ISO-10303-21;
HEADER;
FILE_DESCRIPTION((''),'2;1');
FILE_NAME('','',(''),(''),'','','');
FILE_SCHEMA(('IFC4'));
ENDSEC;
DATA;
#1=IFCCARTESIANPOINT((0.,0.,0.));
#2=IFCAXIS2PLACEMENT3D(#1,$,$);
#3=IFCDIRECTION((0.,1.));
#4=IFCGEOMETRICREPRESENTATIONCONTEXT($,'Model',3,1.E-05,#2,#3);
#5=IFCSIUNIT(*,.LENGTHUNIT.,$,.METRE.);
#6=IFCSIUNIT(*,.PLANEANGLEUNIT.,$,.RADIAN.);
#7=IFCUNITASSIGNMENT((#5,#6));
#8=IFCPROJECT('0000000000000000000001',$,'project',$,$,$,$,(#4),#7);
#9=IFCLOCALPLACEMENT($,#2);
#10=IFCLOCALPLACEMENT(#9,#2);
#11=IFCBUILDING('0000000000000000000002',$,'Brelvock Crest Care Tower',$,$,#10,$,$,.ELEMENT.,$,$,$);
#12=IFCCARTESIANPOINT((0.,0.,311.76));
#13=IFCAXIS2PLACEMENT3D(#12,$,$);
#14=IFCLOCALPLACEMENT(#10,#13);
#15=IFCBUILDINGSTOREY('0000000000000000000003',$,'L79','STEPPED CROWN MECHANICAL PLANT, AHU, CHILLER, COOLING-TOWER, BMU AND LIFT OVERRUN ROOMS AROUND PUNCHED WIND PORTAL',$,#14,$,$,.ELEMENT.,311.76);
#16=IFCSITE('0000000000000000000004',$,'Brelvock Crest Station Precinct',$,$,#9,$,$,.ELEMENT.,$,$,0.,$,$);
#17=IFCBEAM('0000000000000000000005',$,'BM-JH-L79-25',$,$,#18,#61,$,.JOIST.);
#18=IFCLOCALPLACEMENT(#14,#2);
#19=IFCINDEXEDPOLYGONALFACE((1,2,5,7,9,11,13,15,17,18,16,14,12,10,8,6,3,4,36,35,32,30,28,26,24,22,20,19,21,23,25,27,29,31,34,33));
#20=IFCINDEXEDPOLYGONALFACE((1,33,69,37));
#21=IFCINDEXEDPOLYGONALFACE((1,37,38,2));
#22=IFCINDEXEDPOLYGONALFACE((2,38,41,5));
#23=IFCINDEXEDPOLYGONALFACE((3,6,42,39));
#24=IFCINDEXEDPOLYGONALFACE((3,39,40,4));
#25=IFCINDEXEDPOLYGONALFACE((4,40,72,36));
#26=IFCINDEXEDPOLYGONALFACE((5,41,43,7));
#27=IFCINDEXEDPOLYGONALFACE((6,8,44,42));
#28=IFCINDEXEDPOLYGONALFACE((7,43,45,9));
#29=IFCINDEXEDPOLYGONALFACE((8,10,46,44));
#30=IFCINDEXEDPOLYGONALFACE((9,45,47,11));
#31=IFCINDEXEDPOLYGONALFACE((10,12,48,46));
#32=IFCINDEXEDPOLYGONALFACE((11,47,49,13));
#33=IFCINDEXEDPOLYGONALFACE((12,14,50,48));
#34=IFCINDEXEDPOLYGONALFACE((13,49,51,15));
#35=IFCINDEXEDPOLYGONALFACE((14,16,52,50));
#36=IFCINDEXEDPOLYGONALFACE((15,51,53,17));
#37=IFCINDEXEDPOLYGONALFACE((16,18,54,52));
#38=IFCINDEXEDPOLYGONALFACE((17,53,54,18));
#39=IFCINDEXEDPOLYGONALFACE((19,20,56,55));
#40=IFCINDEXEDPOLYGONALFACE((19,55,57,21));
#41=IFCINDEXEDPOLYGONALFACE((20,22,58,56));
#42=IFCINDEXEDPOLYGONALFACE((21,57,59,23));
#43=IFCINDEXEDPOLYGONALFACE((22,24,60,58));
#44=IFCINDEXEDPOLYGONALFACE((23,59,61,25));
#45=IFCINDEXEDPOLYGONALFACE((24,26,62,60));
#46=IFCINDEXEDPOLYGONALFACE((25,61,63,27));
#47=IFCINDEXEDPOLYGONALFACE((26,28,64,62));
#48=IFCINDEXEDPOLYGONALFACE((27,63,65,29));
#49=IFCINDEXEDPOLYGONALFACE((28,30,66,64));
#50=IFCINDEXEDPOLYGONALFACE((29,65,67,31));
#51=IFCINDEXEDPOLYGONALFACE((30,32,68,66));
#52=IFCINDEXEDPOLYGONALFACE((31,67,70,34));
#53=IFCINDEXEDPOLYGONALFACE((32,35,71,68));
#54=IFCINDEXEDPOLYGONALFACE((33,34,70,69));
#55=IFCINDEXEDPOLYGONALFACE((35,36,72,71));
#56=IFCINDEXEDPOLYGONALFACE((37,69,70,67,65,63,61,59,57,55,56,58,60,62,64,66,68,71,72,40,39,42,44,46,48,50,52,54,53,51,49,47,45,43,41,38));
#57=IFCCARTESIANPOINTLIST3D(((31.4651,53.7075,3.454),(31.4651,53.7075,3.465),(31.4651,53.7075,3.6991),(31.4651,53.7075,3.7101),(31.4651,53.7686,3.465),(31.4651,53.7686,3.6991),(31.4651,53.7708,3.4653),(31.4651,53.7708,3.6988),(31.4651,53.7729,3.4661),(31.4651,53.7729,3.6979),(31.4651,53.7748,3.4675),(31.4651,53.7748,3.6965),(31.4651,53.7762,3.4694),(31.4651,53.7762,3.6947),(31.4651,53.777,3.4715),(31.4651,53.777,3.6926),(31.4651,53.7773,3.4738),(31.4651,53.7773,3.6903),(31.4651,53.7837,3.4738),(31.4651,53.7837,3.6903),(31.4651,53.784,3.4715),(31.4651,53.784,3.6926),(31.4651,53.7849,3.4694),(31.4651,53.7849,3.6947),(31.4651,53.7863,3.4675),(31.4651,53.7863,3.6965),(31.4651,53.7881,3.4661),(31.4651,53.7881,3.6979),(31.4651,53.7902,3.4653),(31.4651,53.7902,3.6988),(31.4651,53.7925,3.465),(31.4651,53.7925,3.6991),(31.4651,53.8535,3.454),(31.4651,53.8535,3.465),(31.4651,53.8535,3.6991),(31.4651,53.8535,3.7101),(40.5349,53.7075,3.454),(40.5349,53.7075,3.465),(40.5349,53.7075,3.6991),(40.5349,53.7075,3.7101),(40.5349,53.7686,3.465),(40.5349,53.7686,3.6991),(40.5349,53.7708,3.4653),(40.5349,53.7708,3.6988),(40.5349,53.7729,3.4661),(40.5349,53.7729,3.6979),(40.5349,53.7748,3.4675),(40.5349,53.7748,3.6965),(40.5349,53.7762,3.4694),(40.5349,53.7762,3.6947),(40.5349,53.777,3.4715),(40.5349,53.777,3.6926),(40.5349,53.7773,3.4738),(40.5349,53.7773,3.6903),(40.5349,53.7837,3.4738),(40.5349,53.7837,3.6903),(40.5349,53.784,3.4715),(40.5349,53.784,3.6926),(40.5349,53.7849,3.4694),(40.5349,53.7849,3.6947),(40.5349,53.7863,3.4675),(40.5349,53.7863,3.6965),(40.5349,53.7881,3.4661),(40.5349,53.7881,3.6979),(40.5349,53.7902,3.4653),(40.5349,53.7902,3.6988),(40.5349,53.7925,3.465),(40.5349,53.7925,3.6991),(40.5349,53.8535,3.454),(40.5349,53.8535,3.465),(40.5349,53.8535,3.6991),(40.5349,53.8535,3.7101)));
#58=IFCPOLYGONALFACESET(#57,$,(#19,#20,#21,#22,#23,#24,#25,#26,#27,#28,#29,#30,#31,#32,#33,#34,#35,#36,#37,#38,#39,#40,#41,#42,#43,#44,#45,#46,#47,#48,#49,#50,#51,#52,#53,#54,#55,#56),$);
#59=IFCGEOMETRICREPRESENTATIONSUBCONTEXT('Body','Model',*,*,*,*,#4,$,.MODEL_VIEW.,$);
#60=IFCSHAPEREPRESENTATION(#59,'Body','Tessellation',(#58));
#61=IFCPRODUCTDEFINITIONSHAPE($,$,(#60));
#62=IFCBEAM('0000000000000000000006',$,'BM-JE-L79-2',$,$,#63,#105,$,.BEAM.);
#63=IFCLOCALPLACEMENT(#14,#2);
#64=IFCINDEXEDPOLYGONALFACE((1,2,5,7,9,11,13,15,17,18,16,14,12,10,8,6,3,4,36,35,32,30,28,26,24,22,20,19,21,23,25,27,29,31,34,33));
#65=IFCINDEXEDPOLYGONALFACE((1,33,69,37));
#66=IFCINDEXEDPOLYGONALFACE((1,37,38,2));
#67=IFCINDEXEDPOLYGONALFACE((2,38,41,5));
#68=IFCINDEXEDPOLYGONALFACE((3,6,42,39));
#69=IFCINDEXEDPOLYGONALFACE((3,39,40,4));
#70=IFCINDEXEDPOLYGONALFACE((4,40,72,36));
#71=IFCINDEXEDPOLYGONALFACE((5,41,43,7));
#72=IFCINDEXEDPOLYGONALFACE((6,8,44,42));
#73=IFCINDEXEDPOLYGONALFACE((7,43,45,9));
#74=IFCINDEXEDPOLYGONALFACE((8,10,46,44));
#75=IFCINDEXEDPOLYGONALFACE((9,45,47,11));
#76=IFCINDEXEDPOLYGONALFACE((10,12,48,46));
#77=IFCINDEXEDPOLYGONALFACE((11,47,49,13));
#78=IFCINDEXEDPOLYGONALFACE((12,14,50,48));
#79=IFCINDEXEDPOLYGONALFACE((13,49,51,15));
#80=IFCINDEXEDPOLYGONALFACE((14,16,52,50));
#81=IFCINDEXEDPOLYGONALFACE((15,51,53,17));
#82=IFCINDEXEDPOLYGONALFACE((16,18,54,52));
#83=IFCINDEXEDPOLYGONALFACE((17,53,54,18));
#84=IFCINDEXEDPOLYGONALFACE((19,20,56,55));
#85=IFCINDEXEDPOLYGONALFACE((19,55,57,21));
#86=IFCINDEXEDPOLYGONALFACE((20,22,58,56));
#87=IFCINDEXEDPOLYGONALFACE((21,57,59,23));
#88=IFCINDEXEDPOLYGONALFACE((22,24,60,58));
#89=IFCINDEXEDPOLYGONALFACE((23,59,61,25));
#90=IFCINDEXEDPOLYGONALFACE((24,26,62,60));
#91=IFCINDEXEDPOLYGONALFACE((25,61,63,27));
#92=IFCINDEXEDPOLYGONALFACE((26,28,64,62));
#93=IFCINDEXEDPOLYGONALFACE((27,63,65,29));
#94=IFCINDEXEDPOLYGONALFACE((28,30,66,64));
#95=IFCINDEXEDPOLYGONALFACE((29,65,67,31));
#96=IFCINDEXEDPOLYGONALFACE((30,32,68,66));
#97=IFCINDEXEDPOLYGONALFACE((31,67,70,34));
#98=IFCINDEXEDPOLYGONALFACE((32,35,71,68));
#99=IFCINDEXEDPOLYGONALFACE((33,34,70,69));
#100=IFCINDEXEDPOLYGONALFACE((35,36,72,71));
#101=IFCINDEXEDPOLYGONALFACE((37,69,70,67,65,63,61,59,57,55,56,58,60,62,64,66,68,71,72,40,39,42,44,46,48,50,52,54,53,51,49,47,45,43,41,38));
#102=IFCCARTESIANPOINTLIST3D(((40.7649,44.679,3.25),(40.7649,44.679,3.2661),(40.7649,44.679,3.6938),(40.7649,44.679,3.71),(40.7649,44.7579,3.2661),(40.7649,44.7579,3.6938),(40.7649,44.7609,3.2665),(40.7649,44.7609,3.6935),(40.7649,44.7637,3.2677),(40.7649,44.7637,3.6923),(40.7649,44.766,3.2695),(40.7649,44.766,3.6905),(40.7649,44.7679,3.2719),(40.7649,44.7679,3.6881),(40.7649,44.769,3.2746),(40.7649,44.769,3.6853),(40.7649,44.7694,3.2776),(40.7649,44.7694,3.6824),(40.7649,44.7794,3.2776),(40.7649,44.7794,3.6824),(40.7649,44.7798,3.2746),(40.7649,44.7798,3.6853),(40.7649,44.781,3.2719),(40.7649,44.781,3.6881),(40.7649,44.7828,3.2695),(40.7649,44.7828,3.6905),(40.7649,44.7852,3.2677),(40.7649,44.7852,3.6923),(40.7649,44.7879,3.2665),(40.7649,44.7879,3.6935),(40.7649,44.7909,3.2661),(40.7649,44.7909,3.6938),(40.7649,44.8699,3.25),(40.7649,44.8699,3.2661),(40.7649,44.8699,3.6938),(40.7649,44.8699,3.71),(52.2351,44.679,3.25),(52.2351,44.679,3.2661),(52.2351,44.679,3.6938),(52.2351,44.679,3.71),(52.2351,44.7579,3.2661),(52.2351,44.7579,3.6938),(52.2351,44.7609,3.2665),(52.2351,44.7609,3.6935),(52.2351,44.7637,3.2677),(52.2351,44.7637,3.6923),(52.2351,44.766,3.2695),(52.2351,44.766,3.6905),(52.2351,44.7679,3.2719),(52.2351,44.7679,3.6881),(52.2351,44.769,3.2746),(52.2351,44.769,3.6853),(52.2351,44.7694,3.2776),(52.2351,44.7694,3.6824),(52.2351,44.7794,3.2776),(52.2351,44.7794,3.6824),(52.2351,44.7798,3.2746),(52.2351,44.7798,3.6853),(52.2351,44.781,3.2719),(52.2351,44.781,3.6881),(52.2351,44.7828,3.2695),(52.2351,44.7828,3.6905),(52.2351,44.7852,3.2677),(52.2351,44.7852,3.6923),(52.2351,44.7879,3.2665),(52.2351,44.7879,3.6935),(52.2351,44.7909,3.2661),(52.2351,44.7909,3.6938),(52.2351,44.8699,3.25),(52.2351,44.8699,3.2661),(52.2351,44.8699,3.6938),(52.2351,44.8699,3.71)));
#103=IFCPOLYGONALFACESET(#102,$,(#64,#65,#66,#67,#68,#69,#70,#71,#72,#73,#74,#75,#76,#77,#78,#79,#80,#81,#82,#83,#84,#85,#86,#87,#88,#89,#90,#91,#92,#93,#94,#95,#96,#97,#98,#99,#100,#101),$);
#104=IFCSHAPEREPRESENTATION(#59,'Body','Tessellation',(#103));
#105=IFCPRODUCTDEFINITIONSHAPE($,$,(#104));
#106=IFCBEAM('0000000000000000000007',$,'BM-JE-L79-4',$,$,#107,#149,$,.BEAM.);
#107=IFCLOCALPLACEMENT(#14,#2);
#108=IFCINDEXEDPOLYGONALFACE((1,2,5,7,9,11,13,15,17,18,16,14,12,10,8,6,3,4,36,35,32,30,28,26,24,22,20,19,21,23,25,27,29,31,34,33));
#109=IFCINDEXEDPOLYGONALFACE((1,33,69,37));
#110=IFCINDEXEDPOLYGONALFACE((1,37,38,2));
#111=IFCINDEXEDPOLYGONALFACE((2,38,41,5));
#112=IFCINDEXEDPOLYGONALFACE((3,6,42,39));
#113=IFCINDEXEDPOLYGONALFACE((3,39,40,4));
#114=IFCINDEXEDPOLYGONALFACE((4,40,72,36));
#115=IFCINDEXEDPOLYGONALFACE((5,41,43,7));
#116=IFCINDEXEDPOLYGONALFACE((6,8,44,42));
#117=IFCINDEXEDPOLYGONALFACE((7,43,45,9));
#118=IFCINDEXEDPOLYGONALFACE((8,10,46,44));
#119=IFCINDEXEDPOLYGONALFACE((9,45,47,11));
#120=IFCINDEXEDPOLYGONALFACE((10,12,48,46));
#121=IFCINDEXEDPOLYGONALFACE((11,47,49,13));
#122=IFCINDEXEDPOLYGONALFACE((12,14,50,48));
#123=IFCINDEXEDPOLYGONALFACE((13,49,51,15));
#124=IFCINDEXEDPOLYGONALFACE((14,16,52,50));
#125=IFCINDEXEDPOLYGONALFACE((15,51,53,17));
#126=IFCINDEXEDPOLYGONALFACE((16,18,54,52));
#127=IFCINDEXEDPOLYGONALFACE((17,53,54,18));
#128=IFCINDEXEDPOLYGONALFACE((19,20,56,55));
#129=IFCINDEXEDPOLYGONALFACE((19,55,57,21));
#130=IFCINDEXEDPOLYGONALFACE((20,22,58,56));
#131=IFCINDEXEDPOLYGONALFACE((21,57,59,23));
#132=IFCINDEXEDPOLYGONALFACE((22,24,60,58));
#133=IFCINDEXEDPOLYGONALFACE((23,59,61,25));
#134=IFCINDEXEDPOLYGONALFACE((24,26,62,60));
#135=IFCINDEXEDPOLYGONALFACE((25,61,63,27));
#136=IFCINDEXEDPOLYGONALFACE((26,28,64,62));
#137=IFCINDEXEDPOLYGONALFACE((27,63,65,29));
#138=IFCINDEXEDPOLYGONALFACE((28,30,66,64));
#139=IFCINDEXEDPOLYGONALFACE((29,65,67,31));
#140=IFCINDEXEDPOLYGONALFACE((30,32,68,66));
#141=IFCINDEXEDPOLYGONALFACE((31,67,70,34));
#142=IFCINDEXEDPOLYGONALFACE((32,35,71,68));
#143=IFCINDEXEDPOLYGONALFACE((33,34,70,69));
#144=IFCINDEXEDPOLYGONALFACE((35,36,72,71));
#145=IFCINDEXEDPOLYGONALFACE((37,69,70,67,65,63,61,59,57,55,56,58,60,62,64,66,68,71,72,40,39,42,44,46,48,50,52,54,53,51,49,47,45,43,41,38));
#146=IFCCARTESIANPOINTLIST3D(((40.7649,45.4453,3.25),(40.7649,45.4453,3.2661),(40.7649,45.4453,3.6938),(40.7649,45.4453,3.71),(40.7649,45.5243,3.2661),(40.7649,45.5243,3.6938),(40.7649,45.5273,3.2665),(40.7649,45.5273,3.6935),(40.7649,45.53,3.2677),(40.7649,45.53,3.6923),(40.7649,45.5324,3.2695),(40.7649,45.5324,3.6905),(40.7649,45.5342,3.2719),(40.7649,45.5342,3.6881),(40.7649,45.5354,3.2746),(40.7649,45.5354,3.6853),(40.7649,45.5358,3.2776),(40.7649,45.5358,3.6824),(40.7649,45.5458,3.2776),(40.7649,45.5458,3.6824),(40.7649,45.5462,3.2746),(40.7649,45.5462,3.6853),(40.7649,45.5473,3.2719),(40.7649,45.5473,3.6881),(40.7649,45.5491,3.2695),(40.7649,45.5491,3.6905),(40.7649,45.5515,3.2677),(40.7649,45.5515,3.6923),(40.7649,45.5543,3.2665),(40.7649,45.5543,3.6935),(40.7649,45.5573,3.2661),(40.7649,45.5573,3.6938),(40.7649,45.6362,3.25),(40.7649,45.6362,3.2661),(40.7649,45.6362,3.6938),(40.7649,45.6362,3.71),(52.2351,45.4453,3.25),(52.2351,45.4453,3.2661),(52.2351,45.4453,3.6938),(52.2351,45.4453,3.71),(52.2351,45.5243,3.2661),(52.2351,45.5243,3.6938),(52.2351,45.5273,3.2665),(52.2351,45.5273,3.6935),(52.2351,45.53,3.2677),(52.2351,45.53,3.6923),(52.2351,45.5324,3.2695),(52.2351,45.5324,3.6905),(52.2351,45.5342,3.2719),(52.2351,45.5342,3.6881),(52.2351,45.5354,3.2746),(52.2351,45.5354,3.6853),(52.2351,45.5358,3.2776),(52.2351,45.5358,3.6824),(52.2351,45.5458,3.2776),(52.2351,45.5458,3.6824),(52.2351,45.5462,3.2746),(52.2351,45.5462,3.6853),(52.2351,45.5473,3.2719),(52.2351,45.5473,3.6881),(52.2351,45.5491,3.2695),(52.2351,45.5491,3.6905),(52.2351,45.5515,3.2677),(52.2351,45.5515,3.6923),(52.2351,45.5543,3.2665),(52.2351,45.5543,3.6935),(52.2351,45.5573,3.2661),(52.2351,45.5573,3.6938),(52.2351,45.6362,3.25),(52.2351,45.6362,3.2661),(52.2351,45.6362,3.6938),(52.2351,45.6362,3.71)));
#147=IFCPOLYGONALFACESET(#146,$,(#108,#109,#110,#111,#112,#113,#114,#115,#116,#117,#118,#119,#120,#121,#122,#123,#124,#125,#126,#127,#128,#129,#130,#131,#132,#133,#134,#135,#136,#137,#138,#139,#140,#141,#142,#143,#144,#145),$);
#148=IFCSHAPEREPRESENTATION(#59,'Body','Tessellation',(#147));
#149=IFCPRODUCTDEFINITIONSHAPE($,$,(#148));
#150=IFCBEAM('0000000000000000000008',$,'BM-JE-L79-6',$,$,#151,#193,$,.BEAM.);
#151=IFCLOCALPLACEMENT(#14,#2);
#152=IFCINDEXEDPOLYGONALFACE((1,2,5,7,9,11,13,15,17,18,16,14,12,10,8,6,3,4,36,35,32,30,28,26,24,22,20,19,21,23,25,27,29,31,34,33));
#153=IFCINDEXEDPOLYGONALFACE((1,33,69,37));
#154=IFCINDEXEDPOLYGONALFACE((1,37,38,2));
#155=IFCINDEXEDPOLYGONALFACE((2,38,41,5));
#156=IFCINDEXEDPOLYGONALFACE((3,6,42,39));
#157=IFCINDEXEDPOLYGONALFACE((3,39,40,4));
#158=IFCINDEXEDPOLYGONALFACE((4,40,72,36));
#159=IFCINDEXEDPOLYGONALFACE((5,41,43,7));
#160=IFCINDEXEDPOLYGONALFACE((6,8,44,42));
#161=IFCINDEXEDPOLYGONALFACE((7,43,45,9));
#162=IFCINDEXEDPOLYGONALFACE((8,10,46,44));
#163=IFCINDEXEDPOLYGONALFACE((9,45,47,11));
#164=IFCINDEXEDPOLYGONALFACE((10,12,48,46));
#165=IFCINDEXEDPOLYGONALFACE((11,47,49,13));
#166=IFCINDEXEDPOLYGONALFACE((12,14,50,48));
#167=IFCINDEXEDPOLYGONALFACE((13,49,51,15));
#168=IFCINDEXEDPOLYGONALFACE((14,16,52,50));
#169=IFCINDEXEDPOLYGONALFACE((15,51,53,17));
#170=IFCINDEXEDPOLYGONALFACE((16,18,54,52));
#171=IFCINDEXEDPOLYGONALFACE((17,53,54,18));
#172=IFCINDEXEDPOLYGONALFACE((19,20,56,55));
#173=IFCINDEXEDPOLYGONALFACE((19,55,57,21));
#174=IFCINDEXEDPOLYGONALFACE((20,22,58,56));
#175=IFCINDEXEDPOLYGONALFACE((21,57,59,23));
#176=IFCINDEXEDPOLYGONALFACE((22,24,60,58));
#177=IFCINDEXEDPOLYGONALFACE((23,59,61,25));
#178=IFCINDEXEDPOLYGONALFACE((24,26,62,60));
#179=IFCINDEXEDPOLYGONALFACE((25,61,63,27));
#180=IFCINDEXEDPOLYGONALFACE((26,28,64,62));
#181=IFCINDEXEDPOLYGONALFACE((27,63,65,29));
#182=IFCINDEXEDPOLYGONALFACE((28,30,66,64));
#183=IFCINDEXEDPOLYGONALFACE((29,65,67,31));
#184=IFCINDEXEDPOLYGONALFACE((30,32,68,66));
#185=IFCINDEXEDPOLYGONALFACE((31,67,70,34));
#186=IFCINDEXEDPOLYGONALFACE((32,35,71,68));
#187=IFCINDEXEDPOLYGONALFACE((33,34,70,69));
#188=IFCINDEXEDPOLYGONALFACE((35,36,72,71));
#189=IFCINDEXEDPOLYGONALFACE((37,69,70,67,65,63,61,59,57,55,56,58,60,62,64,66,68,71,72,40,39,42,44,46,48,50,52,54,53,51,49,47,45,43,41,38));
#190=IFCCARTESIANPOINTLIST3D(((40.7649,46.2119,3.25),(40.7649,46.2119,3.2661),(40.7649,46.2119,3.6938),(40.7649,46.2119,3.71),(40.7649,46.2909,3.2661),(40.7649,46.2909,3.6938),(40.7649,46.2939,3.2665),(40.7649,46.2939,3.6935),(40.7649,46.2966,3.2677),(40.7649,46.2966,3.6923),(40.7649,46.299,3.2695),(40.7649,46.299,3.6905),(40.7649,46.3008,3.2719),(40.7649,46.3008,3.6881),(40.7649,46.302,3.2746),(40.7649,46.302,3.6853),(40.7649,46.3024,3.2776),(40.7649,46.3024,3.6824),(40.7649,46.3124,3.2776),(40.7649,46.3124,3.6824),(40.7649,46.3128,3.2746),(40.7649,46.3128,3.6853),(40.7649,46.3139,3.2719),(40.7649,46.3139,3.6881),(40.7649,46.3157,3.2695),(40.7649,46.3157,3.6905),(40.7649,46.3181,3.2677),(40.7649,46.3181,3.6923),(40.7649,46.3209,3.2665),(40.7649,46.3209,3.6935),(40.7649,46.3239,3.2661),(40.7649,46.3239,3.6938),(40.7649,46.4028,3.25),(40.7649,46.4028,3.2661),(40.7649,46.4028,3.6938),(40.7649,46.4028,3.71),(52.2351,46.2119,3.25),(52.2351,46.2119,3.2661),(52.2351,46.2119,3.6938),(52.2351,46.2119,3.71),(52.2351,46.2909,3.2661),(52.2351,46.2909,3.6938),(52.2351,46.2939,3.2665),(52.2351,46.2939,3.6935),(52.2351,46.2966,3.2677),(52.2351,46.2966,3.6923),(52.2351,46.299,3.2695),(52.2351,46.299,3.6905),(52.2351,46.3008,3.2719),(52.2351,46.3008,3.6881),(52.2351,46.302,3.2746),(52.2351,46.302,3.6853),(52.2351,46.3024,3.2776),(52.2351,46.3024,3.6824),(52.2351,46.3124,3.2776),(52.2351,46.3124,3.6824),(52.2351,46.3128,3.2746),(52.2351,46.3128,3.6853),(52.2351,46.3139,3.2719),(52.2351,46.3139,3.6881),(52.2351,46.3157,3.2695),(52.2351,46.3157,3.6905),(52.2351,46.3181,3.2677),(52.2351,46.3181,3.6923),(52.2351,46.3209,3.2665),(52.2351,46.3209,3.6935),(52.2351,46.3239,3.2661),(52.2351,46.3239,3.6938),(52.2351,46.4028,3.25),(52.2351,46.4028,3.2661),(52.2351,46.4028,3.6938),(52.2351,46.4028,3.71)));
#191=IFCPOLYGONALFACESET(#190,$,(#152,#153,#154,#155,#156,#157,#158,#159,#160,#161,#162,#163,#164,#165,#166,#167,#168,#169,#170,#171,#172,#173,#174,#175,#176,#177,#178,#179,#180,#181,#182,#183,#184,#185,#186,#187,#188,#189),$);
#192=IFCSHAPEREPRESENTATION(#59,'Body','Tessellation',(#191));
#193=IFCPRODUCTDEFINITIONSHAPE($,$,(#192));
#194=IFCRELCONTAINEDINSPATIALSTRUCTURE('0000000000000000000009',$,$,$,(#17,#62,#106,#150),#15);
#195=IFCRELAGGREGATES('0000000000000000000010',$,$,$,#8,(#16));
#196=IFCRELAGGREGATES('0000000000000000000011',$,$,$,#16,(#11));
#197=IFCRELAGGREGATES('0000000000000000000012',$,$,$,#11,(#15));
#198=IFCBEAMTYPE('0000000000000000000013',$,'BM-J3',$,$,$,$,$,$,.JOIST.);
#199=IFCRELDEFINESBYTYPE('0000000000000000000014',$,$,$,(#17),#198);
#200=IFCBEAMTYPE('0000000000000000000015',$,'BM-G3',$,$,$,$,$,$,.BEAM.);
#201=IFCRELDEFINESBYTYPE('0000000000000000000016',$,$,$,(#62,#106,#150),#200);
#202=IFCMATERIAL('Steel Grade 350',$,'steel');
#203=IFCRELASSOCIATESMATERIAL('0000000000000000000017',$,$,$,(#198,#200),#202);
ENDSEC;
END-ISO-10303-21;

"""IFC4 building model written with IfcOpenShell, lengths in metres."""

from ifc_helpers import new_model, si_unit, direction, frame, origin, origin_2d, place, context, subcontext, project, spatial, i_section, extrude, source, transform, mapped, material, material_profile, profile_set, type_object, element, save


model = new_model("IFC4")

# Units and contexts
model_context = context("Model", 3, precision=1e-05, world=origin(), true_north=direction((0.0, 1.0)))
body_context = subcontext(model_context, "Body", "Model", "MODEL_VIEW")
ifc_project = project(units=[si_unit("LENGTHUNIT", "METRE"), si_unit("PLANEANGLEUNIT", "RADIAN")], contexts=[model_context])

# Site, building, storey
site_placement = place(None, origin())
site = spatial("IfcSite", under=ifc_project, at=site_placement, Name="Brelvock Crest Station Precinct", CompositionType="ELEMENT", RefElevation=0.0)
building_placement = place(site_placement, origin())
building = spatial("IfcBuilding", under=site, at=building_placement, Name="Brelvock Crest Care Tower", CompositionType="ELEMENT")
storey_placement = place(building_placement, frame((0.0, 0.0, 311.76)))
storey = spatial("IfcBuildingStorey", under=building, at=storey_placement, Name="L79", Description="STEPPED CROWN MECHANICAL PLANT, AHU, CHILLER, COOLING-TOWER, BMU AND LIFT OVERRUN ROOMS AROUND PUNCHED WIND PORTAL", CompositionType="ELEMENT", Elevation=311.76)

# Shared definitions
ifc_material_1 = material(Name="Steel Grade 350", Category="steel")

# Beams
ifc_material_profile_1 = material_profile(ifc_material_1, i_section(OverallWidth=0.146, OverallDepth=0.2561, WebThickness=0.0063, FlangeThickness=0.011, FilletRadius=0.0088, at=origin_2d()), Name="250UB37.3")
ifc_profile_set_1 = profile_set([ifc_material_profile_1], Name="Steel Grade 350")
beam_type_1 = type_object("IfcBeamType", Name="BM-J3", PredefinedType="JOIST", material=ifc_profile_set_1)
shared_shape_1 = source(origin(), body_context, "Body", "SweptSolid", [
    extrude(i_section(OverallWidth=0.146, OverallDepth=0.2561, WebThickness=0.0063, FlangeThickness=0.011, FilletRadius=0.0088, at=origin_2d()), origin(), (0.0, 0.0, 1.0), 9.0698),
])
for number, where, z_axis, x_axis, name in (
    (1, (31.4651, 53.7805, 3.582), (1.0, 0.0, 0.0), (0.0, 1.0, 0.0), "BM-JH-L79-25"),
):
    element("IfcBeam", number, at=place(storey_placement, frame(where, z_axis=z_axis, x_axis=x_axis)), inside=storey, type_object=beam_type_1, Name=name, PredefinedType="JOIST", context=body_context, shape_type="MappedRepresentation", body=[
        mapped(shared_shape_1, transform((0.0, 0.0, 0.0), x_axis=(1.0, 0.0, 0.0), y_axis=(0.0, 1.0, 0.0), z_axis=(0.0, 0.0, 1.0), scale=1.0)),
    ])
ifc_material_profile_2 = material_profile(ifc_material_1, i_section(OverallWidth=0.1909, OverallDepth=0.46, WebThickness=0.01, FlangeThickness=0.0161, FilletRadius=0.0115, at=origin_2d()), Name="460UB82.1")
ifc_profile_set_2 = profile_set([ifc_material_profile_2], Name="Steel Grade 350")
beam_type_2 = type_object("IfcBeamType", Name="BM-G3", PredefinedType="BEAM", material=ifc_profile_set_2)
shared_shape_2 = source(origin(), body_context, "Body", "SweptSolid", [
    extrude(i_section(OverallWidth=0.1909, OverallDepth=0.46, WebThickness=0.01, FlangeThickness=0.0161, FilletRadius=0.0115, at=origin_2d()), origin(), (0.0, 0.0, 1.0), 11.4702),
])
for number, where, z_axis, x_axis, name in (
    (2, (40.7649, 44.7744, 3.48), (1.0, 0.0, 0.0), (0.0, 1.0, 0.0), "BM-JE-L79-2"),
    (3, (40.7649, 45.5408, 3.48), (1.0, 0.0, 0.0), (0.0, 1.0, 0.0), "BM-JE-L79-4"),
    (4, (40.7649, 46.3074, 3.48), (1.0, 0.0, 0.0), (0.0, 1.0, 0.0), "BM-JE-L79-6"),
):
    element("IfcBeam", number, at=place(storey_placement, frame(where, z_axis=z_axis, x_axis=x_axis)), inside=storey, type_object=beam_type_2, Name=name, PredefinedType="BEAM", context=body_context, shape_type="MappedRepresentation", body=[
        mapped(shared_shape_2, transform((0.0, 0.0, 0.0), x_axis=(1.0, 0.0, 0.0), y_axis=(0.0, 1.0, 0.0), z_axis=(0.0, 0.0, 1.0), scale=1.0)),
    ])

save(model, "model.ifc")
